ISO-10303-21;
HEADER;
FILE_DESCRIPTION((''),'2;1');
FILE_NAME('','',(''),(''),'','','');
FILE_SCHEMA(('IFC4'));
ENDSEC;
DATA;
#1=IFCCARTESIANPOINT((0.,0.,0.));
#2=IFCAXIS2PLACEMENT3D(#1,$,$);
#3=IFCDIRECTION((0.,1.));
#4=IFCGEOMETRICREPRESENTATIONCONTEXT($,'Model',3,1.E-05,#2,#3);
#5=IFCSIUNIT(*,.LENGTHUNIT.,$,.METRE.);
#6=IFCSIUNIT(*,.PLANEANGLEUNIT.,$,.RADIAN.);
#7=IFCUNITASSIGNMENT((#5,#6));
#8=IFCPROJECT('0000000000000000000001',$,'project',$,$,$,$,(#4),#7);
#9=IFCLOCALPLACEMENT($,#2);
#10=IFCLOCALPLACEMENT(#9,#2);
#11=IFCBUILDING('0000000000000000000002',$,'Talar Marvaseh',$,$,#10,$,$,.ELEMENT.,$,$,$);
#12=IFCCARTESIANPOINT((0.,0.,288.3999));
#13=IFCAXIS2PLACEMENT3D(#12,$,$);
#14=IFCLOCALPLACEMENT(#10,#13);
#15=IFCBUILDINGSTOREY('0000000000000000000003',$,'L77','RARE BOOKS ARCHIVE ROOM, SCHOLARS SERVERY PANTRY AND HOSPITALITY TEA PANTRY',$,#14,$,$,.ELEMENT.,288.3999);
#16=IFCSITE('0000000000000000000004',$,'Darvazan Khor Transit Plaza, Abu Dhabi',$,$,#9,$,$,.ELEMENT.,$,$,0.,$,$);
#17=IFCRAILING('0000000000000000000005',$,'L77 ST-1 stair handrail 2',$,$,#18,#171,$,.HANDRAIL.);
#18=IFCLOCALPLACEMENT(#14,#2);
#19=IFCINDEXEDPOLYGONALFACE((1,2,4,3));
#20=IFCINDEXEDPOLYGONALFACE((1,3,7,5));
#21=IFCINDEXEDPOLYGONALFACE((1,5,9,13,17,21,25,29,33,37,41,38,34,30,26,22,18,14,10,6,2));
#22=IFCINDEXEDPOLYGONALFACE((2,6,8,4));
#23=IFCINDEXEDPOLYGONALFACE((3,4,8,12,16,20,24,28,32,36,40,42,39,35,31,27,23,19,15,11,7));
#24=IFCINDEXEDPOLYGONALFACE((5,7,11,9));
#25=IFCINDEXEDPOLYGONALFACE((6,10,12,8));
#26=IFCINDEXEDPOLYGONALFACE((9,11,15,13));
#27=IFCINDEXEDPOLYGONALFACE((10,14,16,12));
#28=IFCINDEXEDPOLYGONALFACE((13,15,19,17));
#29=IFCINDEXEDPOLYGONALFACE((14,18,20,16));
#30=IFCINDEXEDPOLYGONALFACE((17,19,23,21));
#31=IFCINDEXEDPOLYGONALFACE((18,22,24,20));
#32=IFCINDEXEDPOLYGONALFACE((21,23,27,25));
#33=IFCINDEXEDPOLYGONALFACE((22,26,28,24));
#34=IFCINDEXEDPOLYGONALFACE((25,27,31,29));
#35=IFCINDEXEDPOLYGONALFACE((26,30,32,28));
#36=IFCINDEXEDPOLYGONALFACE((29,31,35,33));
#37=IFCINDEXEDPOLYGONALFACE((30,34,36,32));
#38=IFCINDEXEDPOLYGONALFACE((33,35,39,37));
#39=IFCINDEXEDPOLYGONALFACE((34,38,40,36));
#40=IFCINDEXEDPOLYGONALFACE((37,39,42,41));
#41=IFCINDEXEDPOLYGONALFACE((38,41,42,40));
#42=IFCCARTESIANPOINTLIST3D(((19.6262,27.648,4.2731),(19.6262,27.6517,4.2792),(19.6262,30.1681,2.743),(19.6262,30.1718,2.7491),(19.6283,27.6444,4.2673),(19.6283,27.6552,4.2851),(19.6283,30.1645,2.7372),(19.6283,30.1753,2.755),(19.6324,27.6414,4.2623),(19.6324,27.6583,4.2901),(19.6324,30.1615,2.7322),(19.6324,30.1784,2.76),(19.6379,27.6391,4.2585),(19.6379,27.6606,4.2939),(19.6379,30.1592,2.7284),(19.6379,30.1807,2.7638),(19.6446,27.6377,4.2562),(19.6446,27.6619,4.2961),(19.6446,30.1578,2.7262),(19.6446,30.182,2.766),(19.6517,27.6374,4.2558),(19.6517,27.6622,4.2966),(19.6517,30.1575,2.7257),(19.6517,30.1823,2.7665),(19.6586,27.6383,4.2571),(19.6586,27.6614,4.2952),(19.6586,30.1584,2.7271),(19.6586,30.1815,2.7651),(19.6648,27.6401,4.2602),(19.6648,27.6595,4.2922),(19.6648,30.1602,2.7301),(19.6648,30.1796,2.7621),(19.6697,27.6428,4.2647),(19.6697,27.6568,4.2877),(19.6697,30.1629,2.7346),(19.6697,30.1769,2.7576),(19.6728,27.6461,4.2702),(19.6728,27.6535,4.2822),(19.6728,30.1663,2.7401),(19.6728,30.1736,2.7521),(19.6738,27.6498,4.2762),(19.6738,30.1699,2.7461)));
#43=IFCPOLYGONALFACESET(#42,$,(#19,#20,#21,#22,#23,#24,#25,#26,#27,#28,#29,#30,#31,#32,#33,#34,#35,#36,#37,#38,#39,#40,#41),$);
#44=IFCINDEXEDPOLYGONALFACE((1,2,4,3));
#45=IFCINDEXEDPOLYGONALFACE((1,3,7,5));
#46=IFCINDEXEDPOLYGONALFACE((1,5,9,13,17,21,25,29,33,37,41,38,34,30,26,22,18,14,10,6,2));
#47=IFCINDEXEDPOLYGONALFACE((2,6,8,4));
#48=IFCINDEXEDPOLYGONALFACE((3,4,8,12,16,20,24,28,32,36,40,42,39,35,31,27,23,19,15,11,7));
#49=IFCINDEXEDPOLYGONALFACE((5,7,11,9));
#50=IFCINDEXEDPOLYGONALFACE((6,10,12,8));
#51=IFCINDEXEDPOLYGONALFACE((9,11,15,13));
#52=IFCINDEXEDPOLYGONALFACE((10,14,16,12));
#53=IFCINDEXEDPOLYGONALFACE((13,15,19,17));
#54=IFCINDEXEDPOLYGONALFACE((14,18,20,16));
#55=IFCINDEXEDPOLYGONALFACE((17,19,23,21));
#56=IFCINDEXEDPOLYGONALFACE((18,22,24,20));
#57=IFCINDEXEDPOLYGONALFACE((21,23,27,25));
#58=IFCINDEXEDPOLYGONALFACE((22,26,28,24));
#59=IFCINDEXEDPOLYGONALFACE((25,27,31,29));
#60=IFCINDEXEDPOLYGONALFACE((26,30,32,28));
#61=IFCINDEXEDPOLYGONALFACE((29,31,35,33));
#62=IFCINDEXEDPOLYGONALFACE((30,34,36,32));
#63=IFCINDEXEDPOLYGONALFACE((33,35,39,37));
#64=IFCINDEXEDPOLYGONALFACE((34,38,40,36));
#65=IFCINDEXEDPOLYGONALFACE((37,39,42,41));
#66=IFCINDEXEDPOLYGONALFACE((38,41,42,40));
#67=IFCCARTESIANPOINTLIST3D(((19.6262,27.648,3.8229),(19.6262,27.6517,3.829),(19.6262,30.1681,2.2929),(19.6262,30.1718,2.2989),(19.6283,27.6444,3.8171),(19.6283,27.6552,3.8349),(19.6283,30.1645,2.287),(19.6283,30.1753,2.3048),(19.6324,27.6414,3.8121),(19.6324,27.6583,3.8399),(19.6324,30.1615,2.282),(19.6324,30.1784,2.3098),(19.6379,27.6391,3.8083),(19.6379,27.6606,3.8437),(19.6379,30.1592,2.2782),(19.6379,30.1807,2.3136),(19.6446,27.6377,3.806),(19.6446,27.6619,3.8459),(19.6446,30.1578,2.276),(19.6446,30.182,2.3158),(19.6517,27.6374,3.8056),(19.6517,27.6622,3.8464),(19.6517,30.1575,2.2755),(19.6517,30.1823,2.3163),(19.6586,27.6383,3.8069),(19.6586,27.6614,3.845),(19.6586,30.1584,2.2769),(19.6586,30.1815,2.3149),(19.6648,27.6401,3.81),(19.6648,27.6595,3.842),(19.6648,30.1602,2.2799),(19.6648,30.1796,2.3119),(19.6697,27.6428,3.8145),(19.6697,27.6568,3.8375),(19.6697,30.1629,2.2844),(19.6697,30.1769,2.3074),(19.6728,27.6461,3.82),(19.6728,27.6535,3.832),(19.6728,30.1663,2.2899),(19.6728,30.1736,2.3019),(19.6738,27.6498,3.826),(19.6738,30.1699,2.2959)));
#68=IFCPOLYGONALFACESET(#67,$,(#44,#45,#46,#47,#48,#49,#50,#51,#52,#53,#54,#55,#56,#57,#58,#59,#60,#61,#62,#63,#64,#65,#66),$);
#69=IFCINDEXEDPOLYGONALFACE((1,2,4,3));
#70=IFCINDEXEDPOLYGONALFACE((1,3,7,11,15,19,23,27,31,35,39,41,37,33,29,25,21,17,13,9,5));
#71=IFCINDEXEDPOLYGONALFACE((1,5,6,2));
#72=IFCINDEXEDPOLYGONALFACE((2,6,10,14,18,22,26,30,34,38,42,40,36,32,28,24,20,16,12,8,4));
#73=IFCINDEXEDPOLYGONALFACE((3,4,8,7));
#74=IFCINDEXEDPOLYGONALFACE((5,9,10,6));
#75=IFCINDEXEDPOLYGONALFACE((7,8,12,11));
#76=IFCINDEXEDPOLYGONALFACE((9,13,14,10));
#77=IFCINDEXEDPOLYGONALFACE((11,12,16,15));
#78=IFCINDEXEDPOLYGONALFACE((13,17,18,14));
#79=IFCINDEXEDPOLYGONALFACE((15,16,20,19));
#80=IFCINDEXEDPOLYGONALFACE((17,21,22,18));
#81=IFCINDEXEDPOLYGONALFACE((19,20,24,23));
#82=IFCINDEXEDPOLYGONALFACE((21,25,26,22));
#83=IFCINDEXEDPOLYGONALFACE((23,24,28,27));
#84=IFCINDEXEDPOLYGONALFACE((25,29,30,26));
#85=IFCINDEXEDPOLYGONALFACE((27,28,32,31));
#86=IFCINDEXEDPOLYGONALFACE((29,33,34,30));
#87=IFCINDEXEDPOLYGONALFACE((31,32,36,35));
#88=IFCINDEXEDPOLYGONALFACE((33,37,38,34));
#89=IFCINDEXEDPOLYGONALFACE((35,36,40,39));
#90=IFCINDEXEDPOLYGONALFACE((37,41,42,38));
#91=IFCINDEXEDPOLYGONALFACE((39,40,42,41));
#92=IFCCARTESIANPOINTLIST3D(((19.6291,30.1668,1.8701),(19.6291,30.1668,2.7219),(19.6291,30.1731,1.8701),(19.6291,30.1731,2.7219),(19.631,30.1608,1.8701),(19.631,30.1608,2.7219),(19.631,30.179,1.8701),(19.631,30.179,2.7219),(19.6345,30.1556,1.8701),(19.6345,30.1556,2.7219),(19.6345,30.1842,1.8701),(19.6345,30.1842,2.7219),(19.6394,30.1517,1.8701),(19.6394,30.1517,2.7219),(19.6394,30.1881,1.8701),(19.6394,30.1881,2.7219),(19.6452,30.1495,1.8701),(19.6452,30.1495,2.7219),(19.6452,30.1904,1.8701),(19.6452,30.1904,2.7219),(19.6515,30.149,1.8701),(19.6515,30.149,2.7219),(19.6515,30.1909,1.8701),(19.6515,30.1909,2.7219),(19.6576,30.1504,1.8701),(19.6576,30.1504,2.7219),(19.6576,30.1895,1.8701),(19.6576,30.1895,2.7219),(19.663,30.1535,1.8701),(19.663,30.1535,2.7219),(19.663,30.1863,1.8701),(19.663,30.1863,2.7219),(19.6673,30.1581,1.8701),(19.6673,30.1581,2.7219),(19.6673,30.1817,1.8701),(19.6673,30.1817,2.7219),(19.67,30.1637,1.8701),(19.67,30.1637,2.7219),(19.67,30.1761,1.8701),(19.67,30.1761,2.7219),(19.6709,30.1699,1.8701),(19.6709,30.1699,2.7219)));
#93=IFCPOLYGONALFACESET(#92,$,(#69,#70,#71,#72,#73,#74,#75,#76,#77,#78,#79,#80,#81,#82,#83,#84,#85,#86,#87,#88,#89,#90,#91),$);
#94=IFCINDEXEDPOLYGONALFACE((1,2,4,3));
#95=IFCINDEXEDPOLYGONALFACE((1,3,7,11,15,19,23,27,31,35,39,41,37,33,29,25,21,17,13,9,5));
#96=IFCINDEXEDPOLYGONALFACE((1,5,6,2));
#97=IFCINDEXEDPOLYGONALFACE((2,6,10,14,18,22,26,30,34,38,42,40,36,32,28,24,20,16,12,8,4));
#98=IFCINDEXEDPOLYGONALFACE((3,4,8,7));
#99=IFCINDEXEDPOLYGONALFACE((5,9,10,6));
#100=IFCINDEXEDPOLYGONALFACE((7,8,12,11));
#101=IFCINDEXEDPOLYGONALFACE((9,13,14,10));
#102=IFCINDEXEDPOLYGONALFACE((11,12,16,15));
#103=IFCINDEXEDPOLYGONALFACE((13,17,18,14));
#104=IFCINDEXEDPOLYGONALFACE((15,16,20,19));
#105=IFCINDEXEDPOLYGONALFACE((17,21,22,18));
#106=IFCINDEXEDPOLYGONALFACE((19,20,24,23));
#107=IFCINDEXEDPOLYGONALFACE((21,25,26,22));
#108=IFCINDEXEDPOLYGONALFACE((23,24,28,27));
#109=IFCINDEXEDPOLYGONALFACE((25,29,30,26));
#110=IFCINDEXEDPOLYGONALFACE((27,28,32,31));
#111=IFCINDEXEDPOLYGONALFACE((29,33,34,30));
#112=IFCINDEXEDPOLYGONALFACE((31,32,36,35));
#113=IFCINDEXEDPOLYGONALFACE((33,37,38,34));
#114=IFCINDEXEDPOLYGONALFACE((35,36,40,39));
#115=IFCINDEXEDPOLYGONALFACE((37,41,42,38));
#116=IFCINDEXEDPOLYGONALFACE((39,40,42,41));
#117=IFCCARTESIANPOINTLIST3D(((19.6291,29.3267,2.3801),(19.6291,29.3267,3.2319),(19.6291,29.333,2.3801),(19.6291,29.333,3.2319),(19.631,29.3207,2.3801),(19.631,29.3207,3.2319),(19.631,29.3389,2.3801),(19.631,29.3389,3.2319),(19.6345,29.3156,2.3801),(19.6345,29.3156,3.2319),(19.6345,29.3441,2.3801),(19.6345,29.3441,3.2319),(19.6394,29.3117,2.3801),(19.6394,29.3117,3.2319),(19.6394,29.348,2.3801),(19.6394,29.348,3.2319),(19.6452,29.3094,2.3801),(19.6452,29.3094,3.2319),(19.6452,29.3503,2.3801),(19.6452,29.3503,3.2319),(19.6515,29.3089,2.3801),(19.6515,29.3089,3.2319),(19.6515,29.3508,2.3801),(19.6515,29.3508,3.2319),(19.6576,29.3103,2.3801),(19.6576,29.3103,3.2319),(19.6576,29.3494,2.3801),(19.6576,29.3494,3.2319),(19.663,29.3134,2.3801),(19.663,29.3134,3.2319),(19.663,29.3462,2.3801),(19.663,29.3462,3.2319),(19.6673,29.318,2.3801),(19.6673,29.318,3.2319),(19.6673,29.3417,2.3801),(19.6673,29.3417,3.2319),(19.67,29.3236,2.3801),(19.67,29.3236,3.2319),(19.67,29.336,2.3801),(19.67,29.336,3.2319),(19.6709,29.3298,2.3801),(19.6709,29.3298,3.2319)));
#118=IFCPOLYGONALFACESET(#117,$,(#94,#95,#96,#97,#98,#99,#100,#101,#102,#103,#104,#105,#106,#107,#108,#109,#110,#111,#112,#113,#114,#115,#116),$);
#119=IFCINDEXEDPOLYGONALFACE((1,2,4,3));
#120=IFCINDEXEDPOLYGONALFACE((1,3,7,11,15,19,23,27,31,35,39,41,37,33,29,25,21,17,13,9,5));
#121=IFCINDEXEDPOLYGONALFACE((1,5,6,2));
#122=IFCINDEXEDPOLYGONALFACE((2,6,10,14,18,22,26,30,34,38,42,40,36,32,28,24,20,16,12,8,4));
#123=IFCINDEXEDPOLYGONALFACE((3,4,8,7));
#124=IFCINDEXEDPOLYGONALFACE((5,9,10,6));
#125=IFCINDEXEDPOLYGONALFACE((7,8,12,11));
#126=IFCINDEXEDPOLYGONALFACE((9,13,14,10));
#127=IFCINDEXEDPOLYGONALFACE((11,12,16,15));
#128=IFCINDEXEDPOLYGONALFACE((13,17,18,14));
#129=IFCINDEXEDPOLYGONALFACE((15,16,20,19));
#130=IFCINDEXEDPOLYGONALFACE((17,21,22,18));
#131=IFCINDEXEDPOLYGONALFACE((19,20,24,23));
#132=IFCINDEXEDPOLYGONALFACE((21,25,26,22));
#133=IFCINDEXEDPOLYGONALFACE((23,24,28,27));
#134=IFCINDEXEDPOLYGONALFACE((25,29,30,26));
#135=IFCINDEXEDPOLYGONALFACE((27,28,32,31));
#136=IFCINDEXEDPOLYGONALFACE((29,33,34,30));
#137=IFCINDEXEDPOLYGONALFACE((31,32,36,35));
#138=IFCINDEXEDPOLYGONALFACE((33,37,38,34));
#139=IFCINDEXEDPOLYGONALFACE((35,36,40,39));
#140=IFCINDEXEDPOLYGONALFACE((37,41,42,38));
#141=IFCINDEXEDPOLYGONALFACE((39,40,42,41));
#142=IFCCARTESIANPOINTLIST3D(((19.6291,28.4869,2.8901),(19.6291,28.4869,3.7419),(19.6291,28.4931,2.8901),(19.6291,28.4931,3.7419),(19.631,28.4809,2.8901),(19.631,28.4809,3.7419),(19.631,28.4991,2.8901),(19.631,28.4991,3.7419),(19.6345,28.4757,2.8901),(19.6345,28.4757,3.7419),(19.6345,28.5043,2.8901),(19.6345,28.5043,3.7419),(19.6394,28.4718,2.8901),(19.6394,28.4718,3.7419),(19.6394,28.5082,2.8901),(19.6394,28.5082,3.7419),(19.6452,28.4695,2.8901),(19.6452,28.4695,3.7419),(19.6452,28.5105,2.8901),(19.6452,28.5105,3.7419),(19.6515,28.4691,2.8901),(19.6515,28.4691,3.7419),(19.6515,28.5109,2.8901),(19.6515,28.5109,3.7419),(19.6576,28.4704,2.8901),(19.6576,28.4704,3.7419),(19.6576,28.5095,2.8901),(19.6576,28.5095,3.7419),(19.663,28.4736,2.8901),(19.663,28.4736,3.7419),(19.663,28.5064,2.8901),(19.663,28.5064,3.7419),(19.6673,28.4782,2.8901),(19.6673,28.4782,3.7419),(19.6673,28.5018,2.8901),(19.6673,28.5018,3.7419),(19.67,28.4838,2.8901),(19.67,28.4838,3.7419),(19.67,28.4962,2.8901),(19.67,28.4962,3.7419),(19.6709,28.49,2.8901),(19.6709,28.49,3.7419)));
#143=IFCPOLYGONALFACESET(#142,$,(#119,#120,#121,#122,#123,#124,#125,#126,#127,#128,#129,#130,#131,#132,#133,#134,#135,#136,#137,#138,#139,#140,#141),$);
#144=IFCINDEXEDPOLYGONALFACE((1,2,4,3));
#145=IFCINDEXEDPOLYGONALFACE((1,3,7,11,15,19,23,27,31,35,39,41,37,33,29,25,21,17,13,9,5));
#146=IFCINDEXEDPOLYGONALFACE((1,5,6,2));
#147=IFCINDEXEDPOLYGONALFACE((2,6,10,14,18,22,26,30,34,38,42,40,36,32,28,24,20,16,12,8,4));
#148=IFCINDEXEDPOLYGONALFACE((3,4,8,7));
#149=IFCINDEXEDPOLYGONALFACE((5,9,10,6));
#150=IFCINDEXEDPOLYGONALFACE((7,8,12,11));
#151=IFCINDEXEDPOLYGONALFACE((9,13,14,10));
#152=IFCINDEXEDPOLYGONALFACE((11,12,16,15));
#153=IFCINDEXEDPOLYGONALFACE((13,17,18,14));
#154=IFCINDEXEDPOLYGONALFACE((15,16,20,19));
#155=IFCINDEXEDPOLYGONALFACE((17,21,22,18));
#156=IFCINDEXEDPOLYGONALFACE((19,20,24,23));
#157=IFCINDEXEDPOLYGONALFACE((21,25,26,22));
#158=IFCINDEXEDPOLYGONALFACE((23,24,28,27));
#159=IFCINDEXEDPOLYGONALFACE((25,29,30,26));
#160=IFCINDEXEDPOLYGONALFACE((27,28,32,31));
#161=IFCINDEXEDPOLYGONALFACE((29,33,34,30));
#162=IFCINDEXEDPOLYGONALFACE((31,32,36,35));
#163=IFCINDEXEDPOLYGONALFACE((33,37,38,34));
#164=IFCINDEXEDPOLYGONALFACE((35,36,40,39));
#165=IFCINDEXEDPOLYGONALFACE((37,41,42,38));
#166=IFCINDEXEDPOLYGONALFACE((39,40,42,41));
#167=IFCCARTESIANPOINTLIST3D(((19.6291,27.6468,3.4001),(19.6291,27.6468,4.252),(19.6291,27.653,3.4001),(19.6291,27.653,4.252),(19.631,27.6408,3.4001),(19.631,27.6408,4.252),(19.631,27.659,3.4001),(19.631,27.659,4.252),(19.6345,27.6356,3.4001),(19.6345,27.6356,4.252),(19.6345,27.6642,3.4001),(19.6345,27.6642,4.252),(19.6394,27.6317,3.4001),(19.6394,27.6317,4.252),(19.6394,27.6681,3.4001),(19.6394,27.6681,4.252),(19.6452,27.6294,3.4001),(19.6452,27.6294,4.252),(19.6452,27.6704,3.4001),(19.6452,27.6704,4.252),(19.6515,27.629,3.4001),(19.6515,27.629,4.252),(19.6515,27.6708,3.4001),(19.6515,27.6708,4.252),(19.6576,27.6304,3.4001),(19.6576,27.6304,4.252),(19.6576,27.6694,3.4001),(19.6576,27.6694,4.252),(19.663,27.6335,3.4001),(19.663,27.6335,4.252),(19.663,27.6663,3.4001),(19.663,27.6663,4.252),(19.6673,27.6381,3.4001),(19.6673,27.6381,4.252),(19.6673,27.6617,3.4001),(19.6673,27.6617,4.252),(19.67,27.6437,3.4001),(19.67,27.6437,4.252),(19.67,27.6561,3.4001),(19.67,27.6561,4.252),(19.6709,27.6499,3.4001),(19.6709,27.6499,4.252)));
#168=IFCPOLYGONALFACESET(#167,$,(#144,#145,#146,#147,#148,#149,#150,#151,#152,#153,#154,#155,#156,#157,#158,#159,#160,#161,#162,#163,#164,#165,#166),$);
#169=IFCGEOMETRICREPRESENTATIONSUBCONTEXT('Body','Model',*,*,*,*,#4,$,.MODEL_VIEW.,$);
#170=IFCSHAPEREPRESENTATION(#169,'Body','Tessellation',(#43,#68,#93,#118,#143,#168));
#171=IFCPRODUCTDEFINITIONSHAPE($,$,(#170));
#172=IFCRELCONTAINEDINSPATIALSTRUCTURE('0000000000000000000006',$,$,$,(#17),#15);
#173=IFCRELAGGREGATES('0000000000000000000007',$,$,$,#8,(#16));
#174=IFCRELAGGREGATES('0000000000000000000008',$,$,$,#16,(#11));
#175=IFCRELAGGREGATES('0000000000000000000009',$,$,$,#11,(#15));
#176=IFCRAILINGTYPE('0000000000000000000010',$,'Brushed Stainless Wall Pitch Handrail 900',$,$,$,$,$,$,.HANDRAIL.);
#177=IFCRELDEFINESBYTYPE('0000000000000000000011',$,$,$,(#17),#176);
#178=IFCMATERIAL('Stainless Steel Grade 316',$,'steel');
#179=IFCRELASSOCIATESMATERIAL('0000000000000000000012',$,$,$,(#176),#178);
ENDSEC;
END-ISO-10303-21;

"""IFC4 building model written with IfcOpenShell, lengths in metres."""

from ifc_helpers import new_model, si_unit, direction, frame, origin, origin_2d, place, context, subcontext, project, spatial, circle, extrude, material, type_object, element, save


model = new_model("IFC4")

# Units and contexts
model_context = context("Model", 3, precision=1e-05, world=origin(), true_north=direction((0.0, 1.0)))
body_context = subcontext(model_context, "Body", "Model", "MODEL_VIEW")
ifc_project = project(units=[si_unit("LENGTHUNIT", "METRE"), si_unit("PLANEANGLEUNIT", "RADIAN")], contexts=[model_context])

# Site, building, storey
site_placement = place(None, origin())
site = spatial("IfcSite", under=ifc_project, at=site_placement, Name="Darvazan Khor Transit Plaza, Abu Dhabi", CompositionType="ELEMENT", RefElevation=0.0)
building_placement = place(site_placement, origin())
building = spatial("IfcBuilding", under=site, at=building_placement, Name="Talar Marvaseh", CompositionType="ELEMENT")
storey_placement = place(building_placement, frame((0.0, 0.0, 288.3999)))
storey = spatial("IfcBuildingStorey", under=building, at=storey_placement, Name="L77", Description="RARE BOOKS ARCHIVE ROOM, SCHOLARS SERVERY PANTRY AND HOSPITALITY TEA PANTRY", CompositionType="ELEMENT", Elevation=288.3999)

# Railing
ifc_material_1 = material(Name="Stainless Steel Grade 316", Category="steel")
railing_type_1 = type_object("IfcRailingType", Name="Brushed Stainless Wall Pitch Handrail 900", PredefinedType="HANDRAIL", material=ifc_material_1)
railing_1_placement = place(storey_placement, frame((19.6499, 30.1699, 1.8701)))
element("IfcRailing", 1, at=railing_1_placement, inside=storey, type_object=railing_type_1, Name="L77 ST-1 stair handrail 2", PredefinedType="HANDRAIL", context=body_context, shape_type="SweptSolid", body=[
    extrude(circle(Radius=0.0239, at=origin_2d()), frame((0.0, 0.0, 0.876), z_axis=(0.0, -0.854785, 0.518982), x_axis=(1.0, 0.0, 0.0)), (0.0, 0.0, 1.0), 2.9482),
    extrude(circle(Radius=0.0239, at=origin_2d()), frame((0.0, 0.0, 0.4258), z_axis=(0.0, -0.854785, 0.518982), x_axis=(1.0, 0.0, 0.0)), (0.0, 0.0, 1.0), 2.9482),
    extrude(circle(Radius=0.021, at=origin_2d()), origin(), (0.0, 0.0, 1.0), 0.8518),
    extrude(circle(Radius=0.021, at=origin_2d()), frame((0.0, -0.8401, 0.51)), (0.0, 0.0, 1.0), 0.8518),
    extrude(circle(Radius=0.021, at=origin_2d()), frame((0.0, -1.6799, 1.02)), (0.0, 0.0, 1.0), 0.8518),
    extrude(circle(Radius=0.021, at=origin_2d()), frame((0.0, -2.52, 1.53)), (0.0, 0.0, 1.0), 0.8518),
])

save(model, "model.ifc")
